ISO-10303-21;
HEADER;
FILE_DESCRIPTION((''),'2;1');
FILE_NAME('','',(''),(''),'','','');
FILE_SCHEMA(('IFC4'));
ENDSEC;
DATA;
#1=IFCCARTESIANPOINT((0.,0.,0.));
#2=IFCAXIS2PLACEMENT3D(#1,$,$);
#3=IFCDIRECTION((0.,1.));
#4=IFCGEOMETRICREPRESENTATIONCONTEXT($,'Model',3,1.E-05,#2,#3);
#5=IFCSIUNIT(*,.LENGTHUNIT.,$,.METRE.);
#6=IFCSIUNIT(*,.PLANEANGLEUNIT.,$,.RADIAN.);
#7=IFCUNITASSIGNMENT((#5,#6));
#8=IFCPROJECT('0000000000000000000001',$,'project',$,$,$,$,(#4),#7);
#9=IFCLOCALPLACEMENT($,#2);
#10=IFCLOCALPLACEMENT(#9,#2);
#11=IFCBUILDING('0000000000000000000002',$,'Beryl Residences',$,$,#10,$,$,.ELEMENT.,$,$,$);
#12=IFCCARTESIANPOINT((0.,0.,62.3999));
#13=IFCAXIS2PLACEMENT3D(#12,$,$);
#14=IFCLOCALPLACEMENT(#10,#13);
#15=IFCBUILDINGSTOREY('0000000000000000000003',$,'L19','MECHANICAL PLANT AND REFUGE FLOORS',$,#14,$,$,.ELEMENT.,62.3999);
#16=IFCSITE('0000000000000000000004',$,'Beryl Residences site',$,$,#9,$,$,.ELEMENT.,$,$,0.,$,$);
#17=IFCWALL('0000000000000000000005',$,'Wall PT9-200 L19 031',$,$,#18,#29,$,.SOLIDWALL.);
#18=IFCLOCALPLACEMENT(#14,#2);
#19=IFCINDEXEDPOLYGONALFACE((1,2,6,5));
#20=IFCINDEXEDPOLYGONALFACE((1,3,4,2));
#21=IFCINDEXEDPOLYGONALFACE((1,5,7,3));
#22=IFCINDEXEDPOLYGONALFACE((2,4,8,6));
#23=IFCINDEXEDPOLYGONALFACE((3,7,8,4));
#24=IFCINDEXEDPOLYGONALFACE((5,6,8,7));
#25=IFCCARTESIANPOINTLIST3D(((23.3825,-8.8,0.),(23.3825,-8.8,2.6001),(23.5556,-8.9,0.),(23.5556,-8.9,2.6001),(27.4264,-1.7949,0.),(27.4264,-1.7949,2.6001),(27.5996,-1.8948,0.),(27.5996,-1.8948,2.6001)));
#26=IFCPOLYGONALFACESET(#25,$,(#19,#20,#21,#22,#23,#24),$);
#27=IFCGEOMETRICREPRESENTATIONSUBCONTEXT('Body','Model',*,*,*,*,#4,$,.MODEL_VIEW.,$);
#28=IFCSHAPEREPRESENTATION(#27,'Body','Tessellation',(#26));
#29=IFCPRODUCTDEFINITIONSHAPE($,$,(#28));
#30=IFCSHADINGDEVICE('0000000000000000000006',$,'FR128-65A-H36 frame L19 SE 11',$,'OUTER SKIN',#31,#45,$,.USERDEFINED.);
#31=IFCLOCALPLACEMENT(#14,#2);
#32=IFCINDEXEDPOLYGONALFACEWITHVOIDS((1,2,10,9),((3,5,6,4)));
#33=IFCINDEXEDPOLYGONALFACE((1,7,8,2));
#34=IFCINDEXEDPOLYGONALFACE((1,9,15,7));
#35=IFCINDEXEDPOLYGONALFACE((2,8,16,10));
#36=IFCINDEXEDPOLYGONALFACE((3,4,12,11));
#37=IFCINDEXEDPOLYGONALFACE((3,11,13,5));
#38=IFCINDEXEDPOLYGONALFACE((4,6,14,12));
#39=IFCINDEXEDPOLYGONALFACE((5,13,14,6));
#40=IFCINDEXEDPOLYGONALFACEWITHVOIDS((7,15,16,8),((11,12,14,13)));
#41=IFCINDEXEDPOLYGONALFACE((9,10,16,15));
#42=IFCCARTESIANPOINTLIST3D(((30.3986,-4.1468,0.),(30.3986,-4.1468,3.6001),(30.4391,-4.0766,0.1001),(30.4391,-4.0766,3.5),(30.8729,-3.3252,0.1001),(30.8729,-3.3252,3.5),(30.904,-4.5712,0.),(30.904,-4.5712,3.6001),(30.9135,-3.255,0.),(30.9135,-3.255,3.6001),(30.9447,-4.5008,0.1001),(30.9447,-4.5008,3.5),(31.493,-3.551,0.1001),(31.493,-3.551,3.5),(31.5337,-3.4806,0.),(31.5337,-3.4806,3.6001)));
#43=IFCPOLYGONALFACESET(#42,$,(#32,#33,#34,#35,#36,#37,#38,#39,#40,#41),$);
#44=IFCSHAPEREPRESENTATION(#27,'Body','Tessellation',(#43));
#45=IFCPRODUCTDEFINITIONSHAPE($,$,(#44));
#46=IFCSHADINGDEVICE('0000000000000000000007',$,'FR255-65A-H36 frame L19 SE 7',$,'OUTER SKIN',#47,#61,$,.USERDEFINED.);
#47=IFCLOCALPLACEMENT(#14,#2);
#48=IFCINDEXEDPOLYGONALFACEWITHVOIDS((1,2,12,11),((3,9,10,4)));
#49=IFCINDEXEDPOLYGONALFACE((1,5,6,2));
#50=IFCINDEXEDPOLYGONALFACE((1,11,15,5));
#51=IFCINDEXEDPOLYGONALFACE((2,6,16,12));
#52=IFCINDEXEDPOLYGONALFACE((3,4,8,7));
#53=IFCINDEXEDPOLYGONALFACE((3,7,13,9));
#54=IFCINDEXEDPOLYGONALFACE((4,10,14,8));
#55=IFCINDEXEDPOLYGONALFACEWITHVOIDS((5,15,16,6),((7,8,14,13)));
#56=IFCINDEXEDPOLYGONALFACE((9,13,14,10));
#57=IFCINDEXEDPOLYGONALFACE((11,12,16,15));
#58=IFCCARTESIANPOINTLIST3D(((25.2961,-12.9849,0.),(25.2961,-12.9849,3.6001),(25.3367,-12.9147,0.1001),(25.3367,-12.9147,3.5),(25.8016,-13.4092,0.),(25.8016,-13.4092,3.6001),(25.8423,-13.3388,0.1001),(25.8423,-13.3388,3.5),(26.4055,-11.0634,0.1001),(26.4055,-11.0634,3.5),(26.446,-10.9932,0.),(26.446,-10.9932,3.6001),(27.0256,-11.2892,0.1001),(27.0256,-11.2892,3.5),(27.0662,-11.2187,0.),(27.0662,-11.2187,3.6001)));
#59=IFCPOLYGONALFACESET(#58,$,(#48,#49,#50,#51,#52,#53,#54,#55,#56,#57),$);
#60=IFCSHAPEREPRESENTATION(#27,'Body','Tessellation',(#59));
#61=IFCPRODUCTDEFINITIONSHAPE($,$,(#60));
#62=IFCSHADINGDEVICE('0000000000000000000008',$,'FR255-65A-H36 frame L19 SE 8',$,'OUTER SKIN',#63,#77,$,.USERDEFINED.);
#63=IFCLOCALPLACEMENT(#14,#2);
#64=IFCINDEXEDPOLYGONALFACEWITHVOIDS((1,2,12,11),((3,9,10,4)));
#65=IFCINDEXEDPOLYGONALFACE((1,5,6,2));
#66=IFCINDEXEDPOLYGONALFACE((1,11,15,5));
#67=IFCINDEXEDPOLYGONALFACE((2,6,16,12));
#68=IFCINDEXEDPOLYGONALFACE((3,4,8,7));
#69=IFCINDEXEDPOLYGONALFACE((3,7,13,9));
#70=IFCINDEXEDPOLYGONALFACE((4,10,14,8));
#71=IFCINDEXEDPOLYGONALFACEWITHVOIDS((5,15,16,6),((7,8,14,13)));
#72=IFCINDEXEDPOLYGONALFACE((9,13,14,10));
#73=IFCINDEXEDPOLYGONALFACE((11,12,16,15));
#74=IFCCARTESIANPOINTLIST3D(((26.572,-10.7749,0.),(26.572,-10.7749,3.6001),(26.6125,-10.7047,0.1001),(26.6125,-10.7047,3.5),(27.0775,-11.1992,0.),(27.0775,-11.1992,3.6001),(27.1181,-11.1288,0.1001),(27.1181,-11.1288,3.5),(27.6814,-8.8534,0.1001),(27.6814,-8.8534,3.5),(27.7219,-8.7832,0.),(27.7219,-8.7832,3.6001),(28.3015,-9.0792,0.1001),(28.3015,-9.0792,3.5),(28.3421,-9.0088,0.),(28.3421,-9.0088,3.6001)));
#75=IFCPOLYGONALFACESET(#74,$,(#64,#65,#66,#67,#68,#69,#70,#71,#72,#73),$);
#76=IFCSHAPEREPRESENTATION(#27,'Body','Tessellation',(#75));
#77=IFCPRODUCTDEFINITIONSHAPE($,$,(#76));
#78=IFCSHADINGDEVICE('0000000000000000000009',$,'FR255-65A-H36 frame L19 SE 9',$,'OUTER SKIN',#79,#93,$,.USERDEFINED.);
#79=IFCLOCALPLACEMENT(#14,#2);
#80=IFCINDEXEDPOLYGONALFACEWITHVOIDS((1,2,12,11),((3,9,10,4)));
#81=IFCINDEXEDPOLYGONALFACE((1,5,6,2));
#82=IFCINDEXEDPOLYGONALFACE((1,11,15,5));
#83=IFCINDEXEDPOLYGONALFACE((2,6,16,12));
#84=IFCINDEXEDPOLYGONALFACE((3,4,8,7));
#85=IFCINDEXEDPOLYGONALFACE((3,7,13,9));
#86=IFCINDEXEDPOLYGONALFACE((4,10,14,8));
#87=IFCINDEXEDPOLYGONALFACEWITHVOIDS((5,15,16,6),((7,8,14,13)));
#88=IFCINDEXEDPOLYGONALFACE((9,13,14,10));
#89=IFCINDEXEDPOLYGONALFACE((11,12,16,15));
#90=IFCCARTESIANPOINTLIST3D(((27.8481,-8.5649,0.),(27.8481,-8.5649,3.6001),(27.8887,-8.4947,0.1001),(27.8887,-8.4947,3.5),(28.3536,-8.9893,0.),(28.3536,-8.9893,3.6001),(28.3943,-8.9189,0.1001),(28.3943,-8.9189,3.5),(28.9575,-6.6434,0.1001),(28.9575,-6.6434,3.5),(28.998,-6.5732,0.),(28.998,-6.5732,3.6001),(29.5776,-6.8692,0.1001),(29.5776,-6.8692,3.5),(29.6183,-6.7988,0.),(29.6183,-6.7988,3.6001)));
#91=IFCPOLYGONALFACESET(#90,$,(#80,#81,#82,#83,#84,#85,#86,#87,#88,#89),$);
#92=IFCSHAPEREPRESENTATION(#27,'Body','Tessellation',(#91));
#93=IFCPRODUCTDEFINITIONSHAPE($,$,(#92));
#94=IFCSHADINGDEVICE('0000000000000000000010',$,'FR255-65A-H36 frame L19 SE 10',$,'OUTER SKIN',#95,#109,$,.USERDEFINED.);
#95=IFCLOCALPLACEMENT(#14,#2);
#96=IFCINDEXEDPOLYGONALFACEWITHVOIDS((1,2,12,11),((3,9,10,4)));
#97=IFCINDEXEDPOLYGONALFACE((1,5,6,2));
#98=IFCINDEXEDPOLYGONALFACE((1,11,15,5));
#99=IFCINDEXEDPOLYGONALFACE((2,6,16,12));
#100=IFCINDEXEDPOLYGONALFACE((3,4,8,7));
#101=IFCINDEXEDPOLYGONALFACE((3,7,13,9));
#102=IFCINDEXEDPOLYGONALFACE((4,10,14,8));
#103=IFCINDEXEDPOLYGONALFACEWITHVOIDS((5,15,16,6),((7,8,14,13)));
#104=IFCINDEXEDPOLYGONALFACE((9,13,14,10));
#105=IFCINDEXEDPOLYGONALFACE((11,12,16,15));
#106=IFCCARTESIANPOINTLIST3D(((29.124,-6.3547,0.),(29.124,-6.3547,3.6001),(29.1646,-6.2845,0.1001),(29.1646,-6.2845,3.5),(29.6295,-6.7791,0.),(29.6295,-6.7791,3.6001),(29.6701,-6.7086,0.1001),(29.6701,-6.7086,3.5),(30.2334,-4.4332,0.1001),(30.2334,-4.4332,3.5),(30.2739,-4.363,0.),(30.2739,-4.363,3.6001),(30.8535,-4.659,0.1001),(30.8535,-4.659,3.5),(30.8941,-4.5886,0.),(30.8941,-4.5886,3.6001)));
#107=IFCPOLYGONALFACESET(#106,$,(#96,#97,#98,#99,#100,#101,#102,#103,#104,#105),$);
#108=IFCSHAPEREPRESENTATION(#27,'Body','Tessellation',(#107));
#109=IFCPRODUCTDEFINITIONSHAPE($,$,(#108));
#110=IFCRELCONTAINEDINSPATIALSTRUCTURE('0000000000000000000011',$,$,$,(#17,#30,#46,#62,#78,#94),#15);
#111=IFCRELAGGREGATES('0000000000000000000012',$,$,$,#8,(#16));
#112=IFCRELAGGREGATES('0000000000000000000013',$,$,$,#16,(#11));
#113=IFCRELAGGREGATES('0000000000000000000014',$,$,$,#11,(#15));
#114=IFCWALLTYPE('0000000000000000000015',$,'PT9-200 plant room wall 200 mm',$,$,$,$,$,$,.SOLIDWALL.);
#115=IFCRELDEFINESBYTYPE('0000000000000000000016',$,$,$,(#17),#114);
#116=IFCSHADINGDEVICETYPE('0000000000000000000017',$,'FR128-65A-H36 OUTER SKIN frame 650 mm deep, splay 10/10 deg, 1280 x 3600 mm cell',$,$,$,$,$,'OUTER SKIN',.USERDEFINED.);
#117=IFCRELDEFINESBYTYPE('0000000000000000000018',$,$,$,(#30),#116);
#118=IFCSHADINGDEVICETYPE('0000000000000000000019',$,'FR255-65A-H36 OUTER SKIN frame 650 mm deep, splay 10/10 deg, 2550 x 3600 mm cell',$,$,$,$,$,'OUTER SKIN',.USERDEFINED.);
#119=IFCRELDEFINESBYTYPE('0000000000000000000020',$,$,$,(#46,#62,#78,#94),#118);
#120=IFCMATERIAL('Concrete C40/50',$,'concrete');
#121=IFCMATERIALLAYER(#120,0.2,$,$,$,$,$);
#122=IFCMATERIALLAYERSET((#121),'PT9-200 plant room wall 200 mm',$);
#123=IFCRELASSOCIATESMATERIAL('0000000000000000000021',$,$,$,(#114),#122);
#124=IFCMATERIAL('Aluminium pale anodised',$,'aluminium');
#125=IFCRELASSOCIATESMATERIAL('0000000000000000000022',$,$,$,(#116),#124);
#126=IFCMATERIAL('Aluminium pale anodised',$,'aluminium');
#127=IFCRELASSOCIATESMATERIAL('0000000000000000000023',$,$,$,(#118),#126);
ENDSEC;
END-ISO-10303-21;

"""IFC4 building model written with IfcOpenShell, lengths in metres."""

from ifc_helpers import new_model, entity, si_unit, direction, frame, frame_2d, origin, place, context, subcontext, project, spatial, rectangle, extrude, source, transform, mapped, material, layer, layer_set, type_object, type_shapes, element, save


model = new_model("IFC4")

# Units and contexts
model_context = context("Model", 3, precision=1e-05, world=origin(), true_north=direction((0.0, 1.0)))
body_context = subcontext(model_context, "Body", "Model", "MODEL_VIEW")
ifc_project = project(units=[si_unit("LENGTHUNIT", "METRE"), si_unit("PLANEANGLEUNIT", "RADIAN")], contexts=[model_context])

# Site, building, storey
site_placement = place(None, origin())
site = spatial("IfcSite", under=ifc_project, at=site_placement, Name="Beryl Residences site", CompositionType="ELEMENT", RefElevation=0.0)
building_placement = place(site_placement, origin())
building = spatial("IfcBuilding", under=site, at=building_placement, Name="Beryl Residences", CompositionType="ELEMENT")
storey_placement = place(building_placement, frame((0.0, 0.0, 62.3999)))
storey = spatial("IfcBuildingStorey", under=building, at=storey_placement, Name="L19", Description="MECHANICAL PLANT AND REFUGE FLOORS", CompositionType="ELEMENT", Elevation=62.3999)

# Shared definitions
ifc_material_1 = material(Name="Concrete C40/50", Category="concrete")
ifc_layer_1 = layer(ifc_material_1, 0.2)
ifc_layer_set_1 = layer_set([ifc_layer_1], Name="PT9-200 plant room wall 200 mm")
wall_type_1 = type_object("IfcWallType", Name="PT9-200 plant room wall 200 mm", PredefinedType="SOLIDWALL", material=ifc_layer_set_1)

# Wall
wall_1_placement = place(storey_placement, frame((23.469, -8.8501, 0.0), z_axis=(0.0, 0.0, 1.0), x_axis=(0.499957, 0.86605, 0.0)))
element("IfcWall", 1, at=wall_1_placement, inside=storey, type_object=wall_type_1, Name="Wall PT9-200 L19 031", PredefinedType="SOLIDWALL", context=body_context, shape_type="SweptSolid", body=[
    extrude(rectangle(XDim=8.0886, YDim=0.2, at=frame_2d((4.0444, 0.0))), origin(), (0.0, 0.0, 1.0), 2.6001),
])

# Shading devices
ifc_material_2 = material(Name="Aluminium pale anodised", Category="aluminium")
shading_device_type_1 = type_object("IfcShadingDeviceType", Name="FR128-65A-H36 OUTER SKIN frame 650 mm deep, splay 10/10 deg, 1280 x 3600 mm cell", ElementType="OUTER SKIN", PredefinedType="USERDEFINED", material=ifc_material_2)
cartesian_point_1 = entity("IfcCartesianPoint", [-0.5149, 0.0])
cartesian_point_2 = entity("IfcCartesianPoint", [-0.4338, 0.1001])
cartesian_point_3 = entity("IfcCartesianPoint", [-0.6296, 0.0])
cartesian_point_4 = entity("IfcCartesianPoint", [-0.5483, 0.1001])
shared_shape_1 = source(origin(), body_context, "Body", "SweptSolid", [
    entity("IfcExtrudedAreaSolidTapered", entity("IfcArbitraryProfileDefWithVoids", "AREA", None, entity("IfcPolyline", [cartesian_point_1, entity("IfcCartesianPoint", [0.5149, 0.0]), entity("IfcCartesianPoint", [0.5149, 3.6001]), entity("IfcCartesianPoint", [-0.5149, 3.6001]), cartesian_point_1]), [entity("IfcPolyline", [cartesian_point_2, entity("IfcCartesianPoint", [0.4338, 0.1001]), entity("IfcCartesianPoint", [0.4338, 3.5]), entity("IfcCartesianPoint", [-0.4338, 3.5]), cartesian_point_2])]), entity("IfcAxis2Placement3D", entity("IfcCartesianPoint", [0.0, 0.0, 0.0]), entity("IfcDirection", [0.0, 1.0, 0.0]), entity("IfcDirection", [-1.0, 0.0, 0.0])), entity("IfcDirection", [0.0, 0.0, 1.0]), 0.6499, entity("IfcArbitraryProfileDefWithVoids", "AREA", None, entity("IfcPolyline", [cartesian_point_3, entity("IfcCartesianPoint", [0.6296, 0.0]), entity("IfcCartesianPoint", [0.6296, 3.6001]), entity("IfcCartesianPoint", [-0.6296, 3.6001]), cartesian_point_3]), [entity("IfcPolyline", [cartesian_point_4, entity("IfcCartesianPoint", [0.5483, 0.1001]), entity("IfcCartesianPoint", [0.5483, 3.5]), entity("IfcCartesianPoint", [-0.5483, 3.5]), cartesian_point_4])])),
])
type_shapes(shading_device_type_1, [shared_shape_1])
shading_device_placement = place(storey_placement, frame((30.656, -3.7009, 0.0), z_axis=(0.0, 0.0, 1.0), x_axis=(-0.5, -0.866025, 0.0)))
element("IfcShadingDevice", 2, at=shading_device_placement, inside=storey, type_object=shading_device_type_1, Name="FR128-65A-H36 frame L19 SE 11", ObjectType="OUTER SKIN", PredefinedType="USERDEFINED", context=body_context, shape_type="MappedRepresentation", body=[
    mapped(shared_shape_1, transform((0.0, 0.0, 0.0))),
])
ifc_material_3 = material(Name="Aluminium pale anodised", Category="aluminium")
shading_device_type_2 = type_object("IfcShadingDeviceType", Name="FR255-65A-H36 OUTER SKIN frame 650 mm deep, splay 10/10 deg, 2550 x 3600 mm cell", ElementType="OUTER SKIN", PredefinedType="USERDEFINED", material=ifc_material_3)
cartesian_point_5 = entity("IfcCartesianPoint", [-1.1499, 0.0])
cartesian_point_6 = entity("IfcCartesianPoint", [-1.0688, 0.1001])
cartesian_point_7 = entity("IfcCartesianPoint", [-1.2646, 0.0])
cartesian_point_8 = entity("IfcCartesianPoint", [-1.1833, 0.1001])
shared_shape_2 = source(origin(), body_context, "Body", "SweptSolid", [
    entity("IfcExtrudedAreaSolidTapered", entity("IfcArbitraryProfileDefWithVoids", "AREA", None, entity("IfcPolyline", [cartesian_point_5, entity("IfcCartesianPoint", [1.1499, 0.0]), entity("IfcCartesianPoint", [1.1499, 3.6001]), entity("IfcCartesianPoint", [-1.1499, 3.6001]), cartesian_point_5]), [entity("IfcPolyline", [cartesian_point_6, entity("IfcCartesianPoint", [1.0688, 0.1001]), entity("IfcCartesianPoint", [1.0688, 3.5]), entity("IfcCartesianPoint", [-1.0688, 3.5]), cartesian_point_6])]), entity("IfcAxis2Placement3D", entity("IfcCartesianPoint", [0.0, 0.0, 0.0]), entity("IfcDirection", [0.0, 1.0, 0.0]), entity("IfcDirection", [-1.0, 0.0, 0.0])), entity("IfcDirection", [0.0, 0.0, 1.0]), 0.6499, entity("IfcArbitraryProfileDefWithVoids", "AREA", None, entity("IfcPolyline", [cartesian_point_7, entity("IfcCartesianPoint", [1.2646, 0.0]), entity("IfcCartesianPoint", [1.2646, 3.6001]), entity("IfcCartesianPoint", [-1.2646, 3.6001]), cartesian_point_7]), [entity("IfcPolyline", [cartesian_point_8, entity("IfcCartesianPoint", [1.1833, 0.1001]), entity("IfcCartesianPoint", [1.1833, 3.5]), entity("IfcCartesianPoint", [-1.1833, 3.5]), cartesian_point_8])])),
])
type_shapes(shading_device_type_2, [shared_shape_2])
for number, where, z_axis, x_axis, name in (
    (3, (25.8711, -11.989, 0.0), (0.0, 0.0, 1.0), (-0.5, -0.866025, 0.0), "FR255-65A-H36 frame L19 SE 7"),
    (4, (27.147, -9.7791, 0.0), (0.0, 0.0, 1.0), (-0.5, -0.866025, 0.0), "FR255-65A-H36 frame L19 SE 8"),
    (5, (28.4231, -7.5691, 0.0), (0.0, 0.0, 1.0), (-0.5, -0.866025, 0.0), "FR255-65A-H36 frame L19 SE 9"),
    (6, (29.699, -5.3589, 0.0), (0.0, 0.0, 1.0), (-0.5, -0.866025, 0.0), "FR255-65A-H36 frame L19 SE 10"),
):
    element("IfcShadingDevice", number, at=place(storey_placement, frame(where, z_axis=z_axis, x_axis=x_axis)), inside=storey, type_object=shading_device_type_2, Name=name, ObjectType="OUTER SKIN", PredefinedType="USERDEFINED", context=body_context, shape_type="MappedRepresentation", body=[
        mapped(shared_shape_2, transform((0.0, 0.0, 0.0))),
    ])

save(model, "model.ifc")
